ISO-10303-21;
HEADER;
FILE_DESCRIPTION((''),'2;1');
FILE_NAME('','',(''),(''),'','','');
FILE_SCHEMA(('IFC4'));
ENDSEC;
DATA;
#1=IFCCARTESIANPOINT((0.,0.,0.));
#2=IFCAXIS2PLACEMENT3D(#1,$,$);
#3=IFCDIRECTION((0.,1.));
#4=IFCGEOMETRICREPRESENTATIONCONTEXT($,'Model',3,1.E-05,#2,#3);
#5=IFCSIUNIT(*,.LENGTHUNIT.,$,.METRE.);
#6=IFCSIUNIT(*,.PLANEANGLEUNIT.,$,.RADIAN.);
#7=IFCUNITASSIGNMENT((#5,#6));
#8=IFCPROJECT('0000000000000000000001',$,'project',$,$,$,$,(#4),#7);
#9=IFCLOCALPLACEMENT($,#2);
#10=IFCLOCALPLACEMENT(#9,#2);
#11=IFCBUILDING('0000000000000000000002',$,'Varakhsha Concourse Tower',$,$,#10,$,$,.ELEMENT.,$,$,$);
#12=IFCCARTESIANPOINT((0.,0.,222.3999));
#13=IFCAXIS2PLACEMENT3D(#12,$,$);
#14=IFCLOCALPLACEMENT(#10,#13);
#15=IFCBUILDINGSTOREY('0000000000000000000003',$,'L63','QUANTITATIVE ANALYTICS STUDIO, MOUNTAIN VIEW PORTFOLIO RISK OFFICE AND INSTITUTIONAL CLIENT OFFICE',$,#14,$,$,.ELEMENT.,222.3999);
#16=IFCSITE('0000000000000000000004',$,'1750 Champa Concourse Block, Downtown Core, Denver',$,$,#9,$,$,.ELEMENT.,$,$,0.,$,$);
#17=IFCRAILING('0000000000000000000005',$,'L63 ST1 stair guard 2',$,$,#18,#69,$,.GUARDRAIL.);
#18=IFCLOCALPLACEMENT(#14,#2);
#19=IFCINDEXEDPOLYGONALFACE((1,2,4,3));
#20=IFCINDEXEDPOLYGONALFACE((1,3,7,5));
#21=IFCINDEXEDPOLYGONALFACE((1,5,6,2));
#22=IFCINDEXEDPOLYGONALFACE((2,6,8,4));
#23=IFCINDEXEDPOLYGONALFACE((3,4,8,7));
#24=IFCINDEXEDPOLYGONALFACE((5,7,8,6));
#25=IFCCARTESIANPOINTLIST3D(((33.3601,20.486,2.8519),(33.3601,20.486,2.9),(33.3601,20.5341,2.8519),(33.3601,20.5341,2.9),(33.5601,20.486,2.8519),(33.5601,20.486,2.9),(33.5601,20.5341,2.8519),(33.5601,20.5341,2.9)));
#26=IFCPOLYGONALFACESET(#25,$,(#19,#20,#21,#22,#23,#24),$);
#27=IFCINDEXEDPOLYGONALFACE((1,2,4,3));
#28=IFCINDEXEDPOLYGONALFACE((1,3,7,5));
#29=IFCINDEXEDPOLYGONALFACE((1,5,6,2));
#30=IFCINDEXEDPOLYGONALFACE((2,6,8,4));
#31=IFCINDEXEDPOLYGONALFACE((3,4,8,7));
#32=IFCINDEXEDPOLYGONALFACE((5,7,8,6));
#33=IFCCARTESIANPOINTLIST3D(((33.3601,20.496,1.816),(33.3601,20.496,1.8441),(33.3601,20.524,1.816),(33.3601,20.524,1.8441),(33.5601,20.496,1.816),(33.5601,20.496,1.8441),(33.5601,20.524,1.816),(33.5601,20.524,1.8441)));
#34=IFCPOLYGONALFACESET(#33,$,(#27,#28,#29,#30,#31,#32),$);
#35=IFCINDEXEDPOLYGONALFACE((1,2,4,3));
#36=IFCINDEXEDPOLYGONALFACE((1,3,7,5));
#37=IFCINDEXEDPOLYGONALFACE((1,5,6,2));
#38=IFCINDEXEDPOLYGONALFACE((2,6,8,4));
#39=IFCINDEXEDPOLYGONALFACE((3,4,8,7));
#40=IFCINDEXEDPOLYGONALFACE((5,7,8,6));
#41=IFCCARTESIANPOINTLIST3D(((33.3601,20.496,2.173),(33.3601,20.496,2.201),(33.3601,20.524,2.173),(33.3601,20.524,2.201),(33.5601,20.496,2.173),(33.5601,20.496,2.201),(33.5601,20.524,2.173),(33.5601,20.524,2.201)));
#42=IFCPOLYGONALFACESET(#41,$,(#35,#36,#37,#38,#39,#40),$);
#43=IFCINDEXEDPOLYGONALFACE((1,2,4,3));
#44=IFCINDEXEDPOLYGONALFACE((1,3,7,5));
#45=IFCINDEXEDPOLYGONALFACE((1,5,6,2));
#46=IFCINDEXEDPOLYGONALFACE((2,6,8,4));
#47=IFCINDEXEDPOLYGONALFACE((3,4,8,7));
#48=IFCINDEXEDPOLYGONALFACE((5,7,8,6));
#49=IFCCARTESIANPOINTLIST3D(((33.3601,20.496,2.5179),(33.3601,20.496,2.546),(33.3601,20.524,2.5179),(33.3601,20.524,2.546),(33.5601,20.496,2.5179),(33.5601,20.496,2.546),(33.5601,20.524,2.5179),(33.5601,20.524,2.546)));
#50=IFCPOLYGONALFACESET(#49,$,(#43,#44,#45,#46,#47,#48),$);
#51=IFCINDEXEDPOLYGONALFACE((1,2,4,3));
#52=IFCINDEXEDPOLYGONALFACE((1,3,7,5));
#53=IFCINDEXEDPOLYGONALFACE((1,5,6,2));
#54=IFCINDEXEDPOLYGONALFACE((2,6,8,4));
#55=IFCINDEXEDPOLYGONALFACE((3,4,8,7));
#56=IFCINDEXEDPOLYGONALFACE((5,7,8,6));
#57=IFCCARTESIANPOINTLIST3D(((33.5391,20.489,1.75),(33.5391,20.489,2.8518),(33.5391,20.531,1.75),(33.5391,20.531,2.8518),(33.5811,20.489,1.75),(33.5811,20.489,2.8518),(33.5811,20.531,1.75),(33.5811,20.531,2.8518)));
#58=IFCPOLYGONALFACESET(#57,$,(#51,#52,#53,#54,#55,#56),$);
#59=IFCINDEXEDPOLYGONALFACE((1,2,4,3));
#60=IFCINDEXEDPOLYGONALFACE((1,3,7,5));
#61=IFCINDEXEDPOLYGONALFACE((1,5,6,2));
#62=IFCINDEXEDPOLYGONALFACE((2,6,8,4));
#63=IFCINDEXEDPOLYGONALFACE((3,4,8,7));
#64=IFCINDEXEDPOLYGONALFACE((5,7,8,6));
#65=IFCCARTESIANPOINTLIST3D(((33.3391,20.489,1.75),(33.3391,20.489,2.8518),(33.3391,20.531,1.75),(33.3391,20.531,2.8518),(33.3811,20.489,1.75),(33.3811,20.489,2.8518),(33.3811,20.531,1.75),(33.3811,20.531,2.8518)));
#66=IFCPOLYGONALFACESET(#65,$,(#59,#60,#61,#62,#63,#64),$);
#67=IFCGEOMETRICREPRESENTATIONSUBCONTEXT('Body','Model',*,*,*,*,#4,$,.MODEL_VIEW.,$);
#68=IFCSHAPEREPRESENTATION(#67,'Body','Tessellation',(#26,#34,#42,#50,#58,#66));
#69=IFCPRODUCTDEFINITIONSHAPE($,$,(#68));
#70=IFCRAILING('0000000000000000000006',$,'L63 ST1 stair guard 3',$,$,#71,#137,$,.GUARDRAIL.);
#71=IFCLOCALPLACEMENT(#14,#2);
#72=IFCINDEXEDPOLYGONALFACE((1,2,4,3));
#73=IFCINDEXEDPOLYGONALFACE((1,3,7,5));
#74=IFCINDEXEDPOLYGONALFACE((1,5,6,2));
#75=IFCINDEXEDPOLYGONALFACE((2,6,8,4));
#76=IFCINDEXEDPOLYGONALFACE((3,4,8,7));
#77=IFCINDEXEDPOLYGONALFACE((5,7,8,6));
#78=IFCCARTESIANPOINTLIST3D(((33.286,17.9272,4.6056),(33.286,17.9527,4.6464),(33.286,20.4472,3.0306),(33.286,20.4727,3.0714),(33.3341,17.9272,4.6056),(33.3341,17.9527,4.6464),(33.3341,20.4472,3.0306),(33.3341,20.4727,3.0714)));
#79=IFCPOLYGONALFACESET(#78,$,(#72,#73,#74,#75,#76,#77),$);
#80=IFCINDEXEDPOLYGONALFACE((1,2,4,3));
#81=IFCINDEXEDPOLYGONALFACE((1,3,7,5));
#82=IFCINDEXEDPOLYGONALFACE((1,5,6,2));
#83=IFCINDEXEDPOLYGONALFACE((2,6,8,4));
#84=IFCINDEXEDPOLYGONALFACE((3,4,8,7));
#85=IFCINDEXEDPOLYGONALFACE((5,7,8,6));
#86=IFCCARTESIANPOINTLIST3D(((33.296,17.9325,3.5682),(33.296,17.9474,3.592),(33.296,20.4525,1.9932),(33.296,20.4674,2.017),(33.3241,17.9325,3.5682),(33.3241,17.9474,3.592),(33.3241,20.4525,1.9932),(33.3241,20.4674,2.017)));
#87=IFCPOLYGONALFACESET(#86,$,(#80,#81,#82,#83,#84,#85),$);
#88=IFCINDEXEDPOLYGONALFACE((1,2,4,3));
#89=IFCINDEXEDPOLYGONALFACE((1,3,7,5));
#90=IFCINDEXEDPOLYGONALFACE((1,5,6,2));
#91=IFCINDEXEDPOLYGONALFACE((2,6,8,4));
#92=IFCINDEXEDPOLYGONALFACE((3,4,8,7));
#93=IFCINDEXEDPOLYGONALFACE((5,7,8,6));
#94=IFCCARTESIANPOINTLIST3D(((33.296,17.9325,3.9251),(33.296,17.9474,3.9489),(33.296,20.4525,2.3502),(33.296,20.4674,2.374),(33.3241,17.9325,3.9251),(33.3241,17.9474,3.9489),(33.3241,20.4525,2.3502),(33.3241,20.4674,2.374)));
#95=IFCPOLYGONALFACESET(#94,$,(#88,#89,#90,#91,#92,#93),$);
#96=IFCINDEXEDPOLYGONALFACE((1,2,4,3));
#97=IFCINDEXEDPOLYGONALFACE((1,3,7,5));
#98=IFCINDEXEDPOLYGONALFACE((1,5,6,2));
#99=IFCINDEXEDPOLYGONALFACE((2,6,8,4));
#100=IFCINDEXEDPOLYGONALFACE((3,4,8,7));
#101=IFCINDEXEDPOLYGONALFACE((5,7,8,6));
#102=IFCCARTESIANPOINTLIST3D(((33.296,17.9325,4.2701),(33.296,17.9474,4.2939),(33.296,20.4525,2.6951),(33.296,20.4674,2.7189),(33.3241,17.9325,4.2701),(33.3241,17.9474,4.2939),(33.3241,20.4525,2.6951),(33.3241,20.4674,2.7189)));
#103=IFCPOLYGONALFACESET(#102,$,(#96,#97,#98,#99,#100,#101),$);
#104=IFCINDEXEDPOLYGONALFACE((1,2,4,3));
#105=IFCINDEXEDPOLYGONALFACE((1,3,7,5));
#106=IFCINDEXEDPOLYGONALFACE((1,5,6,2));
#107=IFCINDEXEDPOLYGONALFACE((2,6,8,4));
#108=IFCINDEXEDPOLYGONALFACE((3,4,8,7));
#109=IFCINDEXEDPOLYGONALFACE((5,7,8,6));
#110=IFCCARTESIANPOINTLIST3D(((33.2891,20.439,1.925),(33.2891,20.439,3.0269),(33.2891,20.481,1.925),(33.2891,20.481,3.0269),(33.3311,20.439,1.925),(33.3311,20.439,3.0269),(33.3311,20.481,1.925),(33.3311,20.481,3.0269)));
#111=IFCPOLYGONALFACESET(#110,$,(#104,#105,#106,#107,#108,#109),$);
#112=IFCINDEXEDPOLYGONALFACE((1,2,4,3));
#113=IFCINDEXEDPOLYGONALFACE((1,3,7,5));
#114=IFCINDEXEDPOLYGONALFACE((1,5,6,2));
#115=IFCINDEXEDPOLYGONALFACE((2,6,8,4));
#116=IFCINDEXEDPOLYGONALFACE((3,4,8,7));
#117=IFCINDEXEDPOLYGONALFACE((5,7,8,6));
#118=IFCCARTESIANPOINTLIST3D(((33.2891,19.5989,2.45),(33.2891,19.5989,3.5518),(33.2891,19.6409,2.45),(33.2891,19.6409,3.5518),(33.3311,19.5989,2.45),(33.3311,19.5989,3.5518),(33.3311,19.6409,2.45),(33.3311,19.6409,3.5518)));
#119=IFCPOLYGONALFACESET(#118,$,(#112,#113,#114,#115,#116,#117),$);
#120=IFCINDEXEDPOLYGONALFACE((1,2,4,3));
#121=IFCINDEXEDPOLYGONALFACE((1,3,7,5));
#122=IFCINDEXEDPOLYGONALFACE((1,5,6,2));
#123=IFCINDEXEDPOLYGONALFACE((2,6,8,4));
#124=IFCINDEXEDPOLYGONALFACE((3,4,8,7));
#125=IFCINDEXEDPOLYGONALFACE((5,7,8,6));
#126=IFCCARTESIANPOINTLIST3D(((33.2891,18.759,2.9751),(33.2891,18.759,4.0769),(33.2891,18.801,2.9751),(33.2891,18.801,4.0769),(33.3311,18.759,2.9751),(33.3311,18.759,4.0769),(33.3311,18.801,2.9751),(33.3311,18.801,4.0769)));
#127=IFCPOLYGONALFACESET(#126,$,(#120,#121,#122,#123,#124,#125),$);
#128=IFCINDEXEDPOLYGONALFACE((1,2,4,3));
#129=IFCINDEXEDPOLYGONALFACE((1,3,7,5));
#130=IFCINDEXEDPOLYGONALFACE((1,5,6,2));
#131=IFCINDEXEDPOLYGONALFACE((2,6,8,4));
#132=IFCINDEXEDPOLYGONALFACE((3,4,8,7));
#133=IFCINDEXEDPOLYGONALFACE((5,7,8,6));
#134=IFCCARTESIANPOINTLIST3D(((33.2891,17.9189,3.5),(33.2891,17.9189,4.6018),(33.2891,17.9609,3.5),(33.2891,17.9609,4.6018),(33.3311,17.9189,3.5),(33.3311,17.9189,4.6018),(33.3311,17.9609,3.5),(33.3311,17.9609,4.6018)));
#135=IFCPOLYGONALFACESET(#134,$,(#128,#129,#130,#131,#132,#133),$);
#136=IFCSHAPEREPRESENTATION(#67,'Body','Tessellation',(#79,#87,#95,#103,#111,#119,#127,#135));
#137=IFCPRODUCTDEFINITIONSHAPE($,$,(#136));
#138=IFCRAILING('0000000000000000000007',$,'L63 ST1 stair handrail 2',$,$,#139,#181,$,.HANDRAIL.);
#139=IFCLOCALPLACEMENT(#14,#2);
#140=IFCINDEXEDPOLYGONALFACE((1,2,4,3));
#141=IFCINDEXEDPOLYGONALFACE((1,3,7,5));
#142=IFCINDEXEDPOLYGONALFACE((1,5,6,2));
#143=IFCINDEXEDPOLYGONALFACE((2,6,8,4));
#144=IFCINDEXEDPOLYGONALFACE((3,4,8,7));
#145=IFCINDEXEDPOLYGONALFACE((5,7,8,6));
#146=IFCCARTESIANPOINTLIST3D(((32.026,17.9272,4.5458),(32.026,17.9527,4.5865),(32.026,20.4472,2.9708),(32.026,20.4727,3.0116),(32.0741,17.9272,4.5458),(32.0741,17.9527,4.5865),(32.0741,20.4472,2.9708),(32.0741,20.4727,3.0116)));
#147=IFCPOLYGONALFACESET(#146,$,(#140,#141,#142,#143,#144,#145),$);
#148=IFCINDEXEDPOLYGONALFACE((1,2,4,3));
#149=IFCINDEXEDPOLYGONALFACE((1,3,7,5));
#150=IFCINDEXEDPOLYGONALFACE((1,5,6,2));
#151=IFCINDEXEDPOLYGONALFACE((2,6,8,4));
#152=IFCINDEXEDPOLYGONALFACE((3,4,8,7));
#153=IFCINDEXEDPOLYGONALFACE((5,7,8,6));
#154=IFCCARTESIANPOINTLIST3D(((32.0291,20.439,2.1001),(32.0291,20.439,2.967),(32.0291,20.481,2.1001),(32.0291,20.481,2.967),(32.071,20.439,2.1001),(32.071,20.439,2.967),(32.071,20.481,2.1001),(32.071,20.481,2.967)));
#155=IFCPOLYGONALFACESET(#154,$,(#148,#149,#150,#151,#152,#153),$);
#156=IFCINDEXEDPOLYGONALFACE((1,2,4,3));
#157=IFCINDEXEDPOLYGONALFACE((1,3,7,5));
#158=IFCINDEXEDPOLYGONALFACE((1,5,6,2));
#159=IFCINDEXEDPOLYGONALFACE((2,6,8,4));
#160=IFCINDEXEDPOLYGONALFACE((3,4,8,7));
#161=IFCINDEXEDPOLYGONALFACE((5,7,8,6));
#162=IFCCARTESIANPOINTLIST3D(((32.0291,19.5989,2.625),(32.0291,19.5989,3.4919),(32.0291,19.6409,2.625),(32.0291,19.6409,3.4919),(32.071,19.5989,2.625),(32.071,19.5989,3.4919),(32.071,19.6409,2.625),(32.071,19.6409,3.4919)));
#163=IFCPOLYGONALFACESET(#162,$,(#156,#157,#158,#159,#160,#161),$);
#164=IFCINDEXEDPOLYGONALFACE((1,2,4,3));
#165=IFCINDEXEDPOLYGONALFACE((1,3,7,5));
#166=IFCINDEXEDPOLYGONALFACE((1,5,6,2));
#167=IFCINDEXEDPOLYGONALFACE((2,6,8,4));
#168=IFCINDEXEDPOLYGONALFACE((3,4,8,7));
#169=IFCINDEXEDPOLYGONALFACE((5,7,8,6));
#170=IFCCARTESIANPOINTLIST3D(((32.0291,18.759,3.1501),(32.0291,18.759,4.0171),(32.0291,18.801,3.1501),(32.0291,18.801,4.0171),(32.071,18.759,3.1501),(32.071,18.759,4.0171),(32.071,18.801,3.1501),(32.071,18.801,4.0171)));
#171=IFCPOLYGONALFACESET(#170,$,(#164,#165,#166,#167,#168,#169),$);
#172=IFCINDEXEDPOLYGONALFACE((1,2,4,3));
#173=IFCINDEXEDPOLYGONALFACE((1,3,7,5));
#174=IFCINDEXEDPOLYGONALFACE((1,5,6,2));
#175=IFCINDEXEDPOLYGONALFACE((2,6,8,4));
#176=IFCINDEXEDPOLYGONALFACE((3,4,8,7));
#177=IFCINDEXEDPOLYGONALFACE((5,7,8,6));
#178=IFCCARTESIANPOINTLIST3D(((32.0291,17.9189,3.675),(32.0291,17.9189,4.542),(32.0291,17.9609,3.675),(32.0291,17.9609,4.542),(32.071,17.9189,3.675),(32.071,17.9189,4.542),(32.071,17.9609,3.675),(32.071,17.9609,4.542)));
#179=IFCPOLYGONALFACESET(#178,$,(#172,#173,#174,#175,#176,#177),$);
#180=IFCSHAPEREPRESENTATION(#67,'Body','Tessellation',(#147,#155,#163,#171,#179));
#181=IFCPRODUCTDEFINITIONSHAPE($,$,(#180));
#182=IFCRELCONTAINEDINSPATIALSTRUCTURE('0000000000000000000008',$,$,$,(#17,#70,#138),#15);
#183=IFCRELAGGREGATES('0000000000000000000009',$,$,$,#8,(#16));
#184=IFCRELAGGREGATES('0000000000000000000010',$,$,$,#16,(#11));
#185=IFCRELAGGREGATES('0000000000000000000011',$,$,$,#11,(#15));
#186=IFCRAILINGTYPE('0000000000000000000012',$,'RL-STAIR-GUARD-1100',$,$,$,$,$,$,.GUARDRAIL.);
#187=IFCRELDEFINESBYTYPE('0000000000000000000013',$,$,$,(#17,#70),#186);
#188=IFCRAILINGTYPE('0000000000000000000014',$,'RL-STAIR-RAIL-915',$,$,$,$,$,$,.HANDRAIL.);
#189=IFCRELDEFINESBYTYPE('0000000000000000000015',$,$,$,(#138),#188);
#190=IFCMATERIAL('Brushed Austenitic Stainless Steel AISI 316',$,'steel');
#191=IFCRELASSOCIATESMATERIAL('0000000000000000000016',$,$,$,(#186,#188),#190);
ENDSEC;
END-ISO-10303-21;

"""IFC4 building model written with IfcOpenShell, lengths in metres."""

from ifc_helpers import new_model, si_unit, direction, frame, origin, origin_2d, place, context, subcontext, project, spatial, rectangle, extrude, material, type_object, element, save


model = new_model("IFC4")

# Units and contexts
model_context = context("Model", 3, precision=1e-05, world=origin(), true_north=direction((0.0, 1.0)))
body_context = subcontext(model_context, "Body", "Model", "MODEL_VIEW")
ifc_project = project(units=[si_unit("LENGTHUNIT", "METRE"), si_unit("PLANEANGLEUNIT", "RADIAN")], contexts=[model_context])

# Site, building, storey
site_placement = place(None, origin())
site = spatial("IfcSite", under=ifc_project, at=site_placement, Name="1750 Champa Concourse Block, Downtown Core, Denver", CompositionType="ELEMENT", RefElevation=0.0)
building_placement = place(site_placement, origin())
building = spatial("IfcBuilding", under=site, at=building_placement, Name="Varakhsha Concourse Tower", CompositionType="ELEMENT")
storey_placement = place(building_placement, frame((0.0, 0.0, 222.3999)))
storey = spatial("IfcBuildingStorey", under=building, at=storey_placement, Name="L63", Description="QUANTITATIVE ANALYTICS STUDIO, MOUNTAIN VIEW PORTFOLIO RISK OFFICE AND INSTITUTIONAL CLIENT OFFICE", CompositionType="ELEMENT", Elevation=222.3999)

# Shared definitions
ifc_material_1 = material(Name="Brushed Austenitic Stainless Steel AISI 316", Category="steel")

# Railings
railing_type_1 = type_object("IfcRailingType", Name="RL-STAIR-GUARD-1100", PredefinedType="GUARDRAIL", material=ifc_material_1)
railing_1_placement = place(storey_placement, frame((33.5601, 20.51, 1.75)))
element("IfcRailing", 1, at=railing_1_placement, inside=storey, type_object=railing_type_1, Name="L63 ST1 stair guard 2", PredefinedType="GUARDRAIL", context=body_context, shape_type="SweptSolid", body=[
    extrude(rectangle(XDim=0.0481, YDim=0.0481, at=origin_2d()), frame((0.0, 0.0, 1.126), z_axis=(-1.0, 0.0, 0.0), x_axis=(0.0, -1.0, 0.0)), (0.0, 0.0, 1.0), 0.2),
    extrude(rectangle(XDim=0.0281, YDim=0.0281, at=origin_2d()), frame((0.0, 0.0, 0.0801), z_axis=(-1.0, 0.0, 0.0), x_axis=(0.0, -1.0, 0.0)), (0.0, 0.0, 1.0), 0.2),
    extrude(rectangle(XDim=0.0281, YDim=0.0281, at=origin_2d()), frame((0.0, 0.0, 0.437), z_axis=(-1.0, 0.0, 0.0), x_axis=(0.0, -1.0, 0.0)), (0.0, 0.0, 1.0), 0.2),
    extrude(rectangle(XDim=0.0281, YDim=0.0281, at=origin_2d()), frame((0.0, 0.0, 0.782), z_axis=(-1.0, 0.0, 0.0), x_axis=(0.0, -1.0, 0.0)), (0.0, 0.0, 1.0), 0.2),
    extrude(rectangle(XDim=0.042, YDim=0.042, at=origin_2d()), origin(), (0.0, 0.0, 1.0), 1.1018),
    extrude(rectangle(XDim=0.042, YDim=0.042, at=origin_2d()), frame((-0.2, 0.0, 0.0)), (0.0, 0.0, 1.0), 1.1018),
])
railing_2_placement = place(storey_placement, frame((33.3101, 20.46, 1.925)))
element("IfcRailing", 2, at=railing_2_placement, inside=storey, type_object=railing_type_1, Name="L63 ST1 stair guard 3", PredefinedType="GUARDRAIL", context=body_context, shape_type="SweptSolid", body=[
    extrude(rectangle(XDim=0.0481, YDim=0.0481, at=origin_2d()), frame((0.0, 0.0, 1.126), z_axis=(0.0, -0.848008, 0.529984), x_axis=(1.0, 0.0, 0.0)), (0.0, 0.0, 1.0), 2.9717),
    extrude(rectangle(XDim=0.0281, YDim=0.0281, at=origin_2d()), frame((0.0, 0.0, 0.0801), z_axis=(0.0, -0.848008, 0.529984), x_axis=(1.0, 0.0, 0.0)), (0.0, 0.0, 1.0), 2.9717),
    extrude(rectangle(XDim=0.0281, YDim=0.0281, at=origin_2d()), frame((0.0, 0.0, 0.437), z_axis=(0.0, -0.848008, 0.529984), x_axis=(1.0, 0.0, 0.0)), (0.0, 0.0, 1.0), 2.9717),
    extrude(rectangle(XDim=0.0281, YDim=0.0281, at=origin_2d()), frame((0.0, 0.0, 0.782), z_axis=(0.0, -0.848008, 0.529984), x_axis=(1.0, 0.0, 0.0)), (0.0, 0.0, 1.0), 2.9717),
    extrude(rectangle(XDim=0.042, YDim=0.042, at=origin_2d()), origin(), (0.0, 0.0, 1.0), 1.1018),
    extrude(rectangle(XDim=0.042, YDim=0.042, at=origin_2d()), frame((0.0, -0.8401, 0.5249)), (0.0, 0.0, 1.0), 1.1018),
    extrude(rectangle(XDim=0.042, YDim=0.042, at=origin_2d()), frame((0.0, -1.6799, 1.05)), (0.0, 0.0, 1.0), 1.1018),
    extrude(rectangle(XDim=0.042, YDim=0.042, at=origin_2d()), frame((0.0, -2.52, 1.575)), (0.0, 0.0, 1.0), 1.1018),
])
railing_type_2 = type_object("IfcRailingType", Name="RL-STAIR-RAIL-915", PredefinedType="HANDRAIL", material=ifc_material_1)
railing_3_placement = place(storey_placement, frame((32.05, 20.46, 2.1001)))
element("IfcRailing", 3, at=railing_3_placement, inside=storey, type_object=railing_type_2, Name="L63 ST1 stair handrail 2", PredefinedType="HANDRAIL", context=body_context, shape_type="SweptSolid", body=[
    extrude(rectangle(XDim=0.0481, YDim=0.0481, at=origin_2d()), frame((0.0, 0.0, 0.8911), z_axis=(0.0, -0.848008, 0.529984), x_axis=(1.0, 0.0, 0.0)), (0.0, 0.0, 1.0), 2.9717),
    extrude(rectangle(XDim=0.042, YDim=0.042, at=origin_2d()), origin(), (0.0, 0.0, 1.0), 0.8669),
    extrude(rectangle(XDim=0.042, YDim=0.042, at=origin_2d()), frame((0.0, -0.8401, 0.5249)), (0.0, 0.0, 1.0), 0.8669),
    extrude(rectangle(XDim=0.042, YDim=0.042, at=origin_2d()), frame((0.0, -1.6799, 1.05)), (0.0, 0.0, 1.0), 0.8669),
    extrude(rectangle(XDim=0.042, YDim=0.042, at=origin_2d()), frame((0.0, -2.52, 1.575)), (0.0, 0.0, 1.0), 0.8669),
])

save(model, "model.ifc")
